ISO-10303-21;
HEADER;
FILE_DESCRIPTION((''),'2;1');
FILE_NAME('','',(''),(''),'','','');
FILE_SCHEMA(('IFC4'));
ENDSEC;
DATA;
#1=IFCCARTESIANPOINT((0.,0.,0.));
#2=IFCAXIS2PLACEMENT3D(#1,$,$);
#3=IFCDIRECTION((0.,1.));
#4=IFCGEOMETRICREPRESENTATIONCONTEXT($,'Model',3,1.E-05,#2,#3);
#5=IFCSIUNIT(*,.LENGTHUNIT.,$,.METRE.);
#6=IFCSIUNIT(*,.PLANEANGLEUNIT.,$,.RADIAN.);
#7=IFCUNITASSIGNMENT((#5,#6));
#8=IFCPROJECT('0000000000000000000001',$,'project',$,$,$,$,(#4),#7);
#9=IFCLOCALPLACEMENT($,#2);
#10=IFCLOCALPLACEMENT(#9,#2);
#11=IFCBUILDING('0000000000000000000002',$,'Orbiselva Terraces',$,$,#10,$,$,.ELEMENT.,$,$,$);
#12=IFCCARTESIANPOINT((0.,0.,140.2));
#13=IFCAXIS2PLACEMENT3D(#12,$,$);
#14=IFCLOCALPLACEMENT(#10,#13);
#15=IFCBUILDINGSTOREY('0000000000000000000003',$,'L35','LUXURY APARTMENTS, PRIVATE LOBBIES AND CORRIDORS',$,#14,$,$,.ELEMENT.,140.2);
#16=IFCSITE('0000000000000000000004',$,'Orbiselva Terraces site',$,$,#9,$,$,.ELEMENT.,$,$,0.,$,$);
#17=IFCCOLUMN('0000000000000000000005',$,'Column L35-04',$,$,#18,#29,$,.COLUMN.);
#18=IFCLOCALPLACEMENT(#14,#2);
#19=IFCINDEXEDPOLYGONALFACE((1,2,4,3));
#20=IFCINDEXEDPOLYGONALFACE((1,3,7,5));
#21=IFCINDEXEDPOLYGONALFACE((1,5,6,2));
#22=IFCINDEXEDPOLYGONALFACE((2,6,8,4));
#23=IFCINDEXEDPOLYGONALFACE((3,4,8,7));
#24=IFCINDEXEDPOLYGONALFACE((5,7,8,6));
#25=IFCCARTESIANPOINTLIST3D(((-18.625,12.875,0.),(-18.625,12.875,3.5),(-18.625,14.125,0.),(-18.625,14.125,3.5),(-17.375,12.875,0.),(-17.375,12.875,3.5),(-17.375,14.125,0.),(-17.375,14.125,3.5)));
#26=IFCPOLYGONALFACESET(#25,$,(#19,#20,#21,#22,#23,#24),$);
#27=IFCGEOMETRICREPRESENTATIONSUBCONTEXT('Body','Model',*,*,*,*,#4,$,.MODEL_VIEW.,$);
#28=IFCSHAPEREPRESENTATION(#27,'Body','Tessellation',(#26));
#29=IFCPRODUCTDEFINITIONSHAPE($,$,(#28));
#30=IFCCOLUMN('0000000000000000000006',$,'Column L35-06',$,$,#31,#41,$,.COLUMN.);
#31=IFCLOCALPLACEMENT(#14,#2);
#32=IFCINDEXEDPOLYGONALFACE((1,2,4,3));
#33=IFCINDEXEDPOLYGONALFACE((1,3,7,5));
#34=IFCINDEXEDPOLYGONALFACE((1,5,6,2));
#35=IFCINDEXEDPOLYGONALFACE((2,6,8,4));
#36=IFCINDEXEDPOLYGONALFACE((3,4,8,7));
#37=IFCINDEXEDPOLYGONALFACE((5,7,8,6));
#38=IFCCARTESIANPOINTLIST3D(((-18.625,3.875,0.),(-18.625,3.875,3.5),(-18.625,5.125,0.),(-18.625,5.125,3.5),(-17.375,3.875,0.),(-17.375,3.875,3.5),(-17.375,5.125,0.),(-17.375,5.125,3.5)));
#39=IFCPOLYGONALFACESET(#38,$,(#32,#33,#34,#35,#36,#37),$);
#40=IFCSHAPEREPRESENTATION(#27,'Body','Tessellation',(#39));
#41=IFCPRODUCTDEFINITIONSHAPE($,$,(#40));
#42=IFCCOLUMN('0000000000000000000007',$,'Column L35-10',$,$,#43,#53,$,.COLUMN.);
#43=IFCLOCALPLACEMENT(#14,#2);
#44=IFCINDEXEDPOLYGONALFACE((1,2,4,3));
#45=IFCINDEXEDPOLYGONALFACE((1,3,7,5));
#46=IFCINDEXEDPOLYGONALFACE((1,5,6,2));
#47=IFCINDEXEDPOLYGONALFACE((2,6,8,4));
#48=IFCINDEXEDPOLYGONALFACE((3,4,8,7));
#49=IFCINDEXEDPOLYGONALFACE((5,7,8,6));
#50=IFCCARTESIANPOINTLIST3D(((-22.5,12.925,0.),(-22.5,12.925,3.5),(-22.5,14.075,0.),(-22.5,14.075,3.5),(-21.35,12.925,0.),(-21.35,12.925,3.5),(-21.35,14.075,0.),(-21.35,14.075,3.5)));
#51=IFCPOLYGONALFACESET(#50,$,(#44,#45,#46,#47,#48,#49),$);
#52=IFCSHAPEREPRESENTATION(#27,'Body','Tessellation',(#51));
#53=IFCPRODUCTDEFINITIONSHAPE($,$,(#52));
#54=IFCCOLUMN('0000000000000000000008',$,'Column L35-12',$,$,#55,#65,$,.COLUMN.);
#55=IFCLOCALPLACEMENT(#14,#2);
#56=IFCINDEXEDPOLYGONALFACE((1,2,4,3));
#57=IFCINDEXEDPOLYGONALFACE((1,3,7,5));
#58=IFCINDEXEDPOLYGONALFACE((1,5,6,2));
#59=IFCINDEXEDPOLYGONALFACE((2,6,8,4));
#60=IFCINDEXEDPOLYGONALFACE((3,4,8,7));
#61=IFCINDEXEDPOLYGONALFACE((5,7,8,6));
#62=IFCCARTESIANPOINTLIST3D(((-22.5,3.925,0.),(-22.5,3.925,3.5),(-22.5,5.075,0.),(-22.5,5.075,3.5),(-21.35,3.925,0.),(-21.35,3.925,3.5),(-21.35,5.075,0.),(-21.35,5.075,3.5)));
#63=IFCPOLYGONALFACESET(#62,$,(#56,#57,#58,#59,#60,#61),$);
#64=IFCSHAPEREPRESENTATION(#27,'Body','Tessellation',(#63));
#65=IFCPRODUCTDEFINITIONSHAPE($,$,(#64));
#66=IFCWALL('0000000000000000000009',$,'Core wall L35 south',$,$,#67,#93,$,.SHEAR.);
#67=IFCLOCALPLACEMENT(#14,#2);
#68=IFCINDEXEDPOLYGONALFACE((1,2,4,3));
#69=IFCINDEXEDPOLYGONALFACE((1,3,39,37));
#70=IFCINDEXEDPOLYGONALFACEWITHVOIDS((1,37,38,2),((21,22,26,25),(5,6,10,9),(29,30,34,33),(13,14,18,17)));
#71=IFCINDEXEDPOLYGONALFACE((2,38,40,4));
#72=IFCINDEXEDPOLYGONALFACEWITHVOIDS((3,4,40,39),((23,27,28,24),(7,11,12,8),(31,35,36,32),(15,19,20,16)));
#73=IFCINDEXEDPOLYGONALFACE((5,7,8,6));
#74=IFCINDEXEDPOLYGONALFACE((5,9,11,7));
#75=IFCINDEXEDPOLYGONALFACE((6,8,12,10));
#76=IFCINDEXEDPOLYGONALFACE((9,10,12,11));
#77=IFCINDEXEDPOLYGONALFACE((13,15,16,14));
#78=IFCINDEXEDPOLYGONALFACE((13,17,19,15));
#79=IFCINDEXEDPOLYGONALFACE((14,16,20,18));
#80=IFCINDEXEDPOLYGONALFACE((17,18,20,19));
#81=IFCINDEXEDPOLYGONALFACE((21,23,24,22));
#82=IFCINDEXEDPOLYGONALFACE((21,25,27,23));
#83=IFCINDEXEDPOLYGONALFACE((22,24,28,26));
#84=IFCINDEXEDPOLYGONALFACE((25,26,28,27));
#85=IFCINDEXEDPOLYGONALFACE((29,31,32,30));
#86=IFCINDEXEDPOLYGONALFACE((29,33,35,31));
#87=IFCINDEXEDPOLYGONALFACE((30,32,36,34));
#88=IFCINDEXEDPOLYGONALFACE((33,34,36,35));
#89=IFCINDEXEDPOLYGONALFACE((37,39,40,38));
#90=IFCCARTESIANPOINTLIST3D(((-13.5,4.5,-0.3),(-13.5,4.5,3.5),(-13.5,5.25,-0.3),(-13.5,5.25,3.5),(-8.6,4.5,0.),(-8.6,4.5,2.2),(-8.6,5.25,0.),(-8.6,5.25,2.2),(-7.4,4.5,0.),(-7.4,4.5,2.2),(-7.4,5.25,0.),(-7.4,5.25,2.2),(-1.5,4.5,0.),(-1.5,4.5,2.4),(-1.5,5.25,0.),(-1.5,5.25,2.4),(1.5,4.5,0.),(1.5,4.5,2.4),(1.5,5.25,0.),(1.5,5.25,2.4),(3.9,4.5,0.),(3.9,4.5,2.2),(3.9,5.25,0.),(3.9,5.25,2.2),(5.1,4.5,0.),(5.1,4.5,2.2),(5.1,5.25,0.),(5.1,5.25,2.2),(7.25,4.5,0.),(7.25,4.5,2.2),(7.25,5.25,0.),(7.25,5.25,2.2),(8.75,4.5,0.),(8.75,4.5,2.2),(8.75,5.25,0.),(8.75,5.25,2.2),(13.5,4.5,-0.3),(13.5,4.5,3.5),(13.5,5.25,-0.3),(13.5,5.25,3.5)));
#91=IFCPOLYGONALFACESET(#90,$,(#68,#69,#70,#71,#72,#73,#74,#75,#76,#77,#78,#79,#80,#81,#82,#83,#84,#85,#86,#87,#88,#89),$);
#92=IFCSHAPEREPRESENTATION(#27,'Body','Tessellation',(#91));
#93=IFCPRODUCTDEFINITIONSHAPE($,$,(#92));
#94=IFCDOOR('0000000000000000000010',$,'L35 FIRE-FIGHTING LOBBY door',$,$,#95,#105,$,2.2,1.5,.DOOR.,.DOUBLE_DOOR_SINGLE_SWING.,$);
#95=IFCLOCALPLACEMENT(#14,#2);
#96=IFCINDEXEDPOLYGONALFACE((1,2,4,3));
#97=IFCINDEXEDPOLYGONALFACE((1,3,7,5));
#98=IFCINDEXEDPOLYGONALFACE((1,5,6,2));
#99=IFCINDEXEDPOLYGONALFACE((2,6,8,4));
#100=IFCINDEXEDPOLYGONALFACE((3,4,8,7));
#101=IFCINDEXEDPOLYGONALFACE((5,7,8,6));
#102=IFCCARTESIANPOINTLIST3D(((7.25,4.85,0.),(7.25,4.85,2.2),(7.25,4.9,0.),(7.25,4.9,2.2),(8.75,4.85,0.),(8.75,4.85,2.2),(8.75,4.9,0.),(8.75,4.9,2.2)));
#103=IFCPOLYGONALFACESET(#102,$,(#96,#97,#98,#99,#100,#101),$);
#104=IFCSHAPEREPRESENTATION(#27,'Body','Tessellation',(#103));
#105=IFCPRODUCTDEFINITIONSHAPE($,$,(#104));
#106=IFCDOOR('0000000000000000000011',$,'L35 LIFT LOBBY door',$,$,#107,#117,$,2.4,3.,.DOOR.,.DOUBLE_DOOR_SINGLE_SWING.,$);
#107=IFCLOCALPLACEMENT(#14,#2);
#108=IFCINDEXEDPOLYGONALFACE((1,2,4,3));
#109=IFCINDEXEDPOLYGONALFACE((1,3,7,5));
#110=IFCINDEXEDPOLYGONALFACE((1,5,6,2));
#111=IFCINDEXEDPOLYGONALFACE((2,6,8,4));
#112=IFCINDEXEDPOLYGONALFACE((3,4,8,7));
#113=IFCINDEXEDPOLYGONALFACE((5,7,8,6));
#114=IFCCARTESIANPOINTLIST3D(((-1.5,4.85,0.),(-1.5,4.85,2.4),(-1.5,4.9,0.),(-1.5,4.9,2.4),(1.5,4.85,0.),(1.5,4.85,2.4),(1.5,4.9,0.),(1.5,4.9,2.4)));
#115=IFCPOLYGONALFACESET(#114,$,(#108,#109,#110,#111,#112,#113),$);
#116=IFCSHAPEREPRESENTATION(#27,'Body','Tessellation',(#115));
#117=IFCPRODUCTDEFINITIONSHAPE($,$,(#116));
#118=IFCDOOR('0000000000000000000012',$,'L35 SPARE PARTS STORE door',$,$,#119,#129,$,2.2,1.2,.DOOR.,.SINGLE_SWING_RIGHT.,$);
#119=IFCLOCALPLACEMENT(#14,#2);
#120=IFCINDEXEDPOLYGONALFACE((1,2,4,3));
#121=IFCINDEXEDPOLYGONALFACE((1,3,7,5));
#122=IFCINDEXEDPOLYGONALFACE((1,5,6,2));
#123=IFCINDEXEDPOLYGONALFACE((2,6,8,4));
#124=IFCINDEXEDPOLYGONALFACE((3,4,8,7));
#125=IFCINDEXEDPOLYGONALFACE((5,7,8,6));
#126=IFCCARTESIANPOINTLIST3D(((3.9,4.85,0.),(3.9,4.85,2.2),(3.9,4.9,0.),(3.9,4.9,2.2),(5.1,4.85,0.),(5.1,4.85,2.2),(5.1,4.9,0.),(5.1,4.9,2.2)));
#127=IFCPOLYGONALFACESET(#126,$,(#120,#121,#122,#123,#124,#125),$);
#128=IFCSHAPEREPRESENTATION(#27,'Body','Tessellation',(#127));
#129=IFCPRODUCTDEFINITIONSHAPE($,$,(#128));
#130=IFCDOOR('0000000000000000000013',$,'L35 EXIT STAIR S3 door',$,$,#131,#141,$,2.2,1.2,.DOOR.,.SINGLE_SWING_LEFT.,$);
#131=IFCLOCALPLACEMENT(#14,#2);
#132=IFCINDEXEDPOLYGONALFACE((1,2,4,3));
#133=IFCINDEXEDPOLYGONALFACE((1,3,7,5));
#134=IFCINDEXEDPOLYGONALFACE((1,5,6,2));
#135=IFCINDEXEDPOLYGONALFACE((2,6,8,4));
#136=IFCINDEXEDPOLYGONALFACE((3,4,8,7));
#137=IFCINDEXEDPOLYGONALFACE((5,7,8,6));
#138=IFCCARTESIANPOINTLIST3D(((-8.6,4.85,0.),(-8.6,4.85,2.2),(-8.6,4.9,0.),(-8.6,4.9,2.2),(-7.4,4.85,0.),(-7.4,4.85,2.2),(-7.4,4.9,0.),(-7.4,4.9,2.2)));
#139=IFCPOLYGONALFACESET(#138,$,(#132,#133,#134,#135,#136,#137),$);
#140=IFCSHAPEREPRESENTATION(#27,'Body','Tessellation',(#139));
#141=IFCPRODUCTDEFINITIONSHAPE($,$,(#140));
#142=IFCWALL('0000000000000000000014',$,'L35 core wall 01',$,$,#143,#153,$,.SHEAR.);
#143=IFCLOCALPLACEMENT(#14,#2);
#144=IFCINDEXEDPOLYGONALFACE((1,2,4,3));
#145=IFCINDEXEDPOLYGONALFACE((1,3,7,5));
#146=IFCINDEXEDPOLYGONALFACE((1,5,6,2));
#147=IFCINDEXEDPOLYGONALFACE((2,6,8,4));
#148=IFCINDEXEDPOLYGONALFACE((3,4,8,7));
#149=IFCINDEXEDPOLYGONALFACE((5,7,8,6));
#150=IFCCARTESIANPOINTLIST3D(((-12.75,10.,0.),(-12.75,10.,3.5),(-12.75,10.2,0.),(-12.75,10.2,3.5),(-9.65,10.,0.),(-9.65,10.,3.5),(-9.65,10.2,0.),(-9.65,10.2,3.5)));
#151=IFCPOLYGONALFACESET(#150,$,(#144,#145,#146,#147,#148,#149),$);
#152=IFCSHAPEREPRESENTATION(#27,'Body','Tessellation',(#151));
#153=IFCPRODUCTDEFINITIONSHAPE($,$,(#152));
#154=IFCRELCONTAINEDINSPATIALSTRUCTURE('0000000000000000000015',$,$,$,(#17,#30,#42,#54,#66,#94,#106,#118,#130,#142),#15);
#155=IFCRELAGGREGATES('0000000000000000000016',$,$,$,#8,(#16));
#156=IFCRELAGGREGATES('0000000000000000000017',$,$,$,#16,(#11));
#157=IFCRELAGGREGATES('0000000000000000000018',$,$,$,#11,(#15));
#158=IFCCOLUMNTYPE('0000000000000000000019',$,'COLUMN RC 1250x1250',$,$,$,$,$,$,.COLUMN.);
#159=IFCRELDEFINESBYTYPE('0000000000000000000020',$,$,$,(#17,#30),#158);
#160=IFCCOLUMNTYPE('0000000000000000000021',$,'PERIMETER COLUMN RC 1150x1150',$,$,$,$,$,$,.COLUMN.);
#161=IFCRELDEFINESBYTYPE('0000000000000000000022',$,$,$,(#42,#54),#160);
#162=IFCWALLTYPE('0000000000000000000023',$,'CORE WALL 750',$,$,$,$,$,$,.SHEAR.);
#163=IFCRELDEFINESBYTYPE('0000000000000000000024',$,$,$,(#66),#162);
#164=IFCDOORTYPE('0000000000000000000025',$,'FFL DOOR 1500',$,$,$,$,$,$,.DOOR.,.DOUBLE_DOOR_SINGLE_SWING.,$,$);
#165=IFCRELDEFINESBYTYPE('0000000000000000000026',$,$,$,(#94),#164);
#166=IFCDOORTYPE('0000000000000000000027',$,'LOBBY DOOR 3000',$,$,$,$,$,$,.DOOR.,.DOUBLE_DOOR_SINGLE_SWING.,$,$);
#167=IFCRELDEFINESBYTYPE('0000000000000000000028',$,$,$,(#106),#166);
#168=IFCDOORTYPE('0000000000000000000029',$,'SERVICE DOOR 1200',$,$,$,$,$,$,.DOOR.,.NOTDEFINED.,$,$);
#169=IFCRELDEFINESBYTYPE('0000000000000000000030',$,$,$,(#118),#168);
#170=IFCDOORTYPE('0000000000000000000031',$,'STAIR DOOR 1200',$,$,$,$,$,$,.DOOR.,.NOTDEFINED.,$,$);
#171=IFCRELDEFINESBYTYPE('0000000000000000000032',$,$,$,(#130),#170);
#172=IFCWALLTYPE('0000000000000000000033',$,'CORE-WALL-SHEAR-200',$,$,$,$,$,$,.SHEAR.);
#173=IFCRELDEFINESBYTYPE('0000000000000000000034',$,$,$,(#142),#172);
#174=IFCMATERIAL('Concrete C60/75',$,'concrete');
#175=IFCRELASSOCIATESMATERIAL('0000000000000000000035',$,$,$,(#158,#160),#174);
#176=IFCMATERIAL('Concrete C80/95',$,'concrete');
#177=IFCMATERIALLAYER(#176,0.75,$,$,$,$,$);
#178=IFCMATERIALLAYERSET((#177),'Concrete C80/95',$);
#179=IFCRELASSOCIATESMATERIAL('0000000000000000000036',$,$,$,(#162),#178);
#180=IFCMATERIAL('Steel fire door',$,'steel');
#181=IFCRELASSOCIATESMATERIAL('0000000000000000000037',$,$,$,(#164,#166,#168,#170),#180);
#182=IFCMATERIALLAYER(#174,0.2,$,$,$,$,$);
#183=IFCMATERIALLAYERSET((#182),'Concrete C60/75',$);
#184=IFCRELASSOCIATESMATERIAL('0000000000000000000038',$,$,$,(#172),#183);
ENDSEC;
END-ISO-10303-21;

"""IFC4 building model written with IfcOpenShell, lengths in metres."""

from ifc_helpers import new_model, si_unit, direction, frame, frame_2d, origin, origin_2d, place, context, subcontext, project, spatial, rectangle, extrude, material, layer, layer_set, material_profile, profile_set, type_object, element, fill, save


model = new_model("IFC4")

# Units and contexts
model_context = context("Model", 3, precision=1e-05, world=origin(), true_north=direction((0.0, 1.0)))
body_context = subcontext(model_context, "Body", "Model", "MODEL_VIEW")
ifc_project = project(units=[si_unit("LENGTHUNIT", "METRE"), si_unit("PLANEANGLEUNIT", "RADIAN")], contexts=[model_context])

# Site, building, storey
site_placement = place(None, origin())
site = spatial("IfcSite", under=ifc_project, at=site_placement, Name="Orbiselva Terraces site", CompositionType="ELEMENT", RefElevation=0.0)
building_placement = place(site_placement, origin())
building = spatial("IfcBuilding", under=site, at=building_placement, Name="Orbiselva Terraces", CompositionType="ELEMENT")
storey_placement = place(building_placement, frame((0.0, 0.0, 140.2)))
storey = spatial("IfcBuildingStorey", under=building, at=storey_placement, Name="L35", Description="LUXURY APARTMENTS, PRIVATE LOBBIES AND CORRIDORS", CompositionType="ELEMENT", Elevation=140.2)

# Columns
ifc_material_1 = material(Name="Concrete C60/75", Category="concrete")
ifc_material_profile_1 = material_profile(ifc_material_1, rectangle(XDim=1.25, YDim=1.25, at=origin_2d()), Name="RC 1250x1250")
ifc_profile_set_1 = profile_set([ifc_material_profile_1], Name="Concrete C60/75")
column_type_1 = type_object("IfcColumnType", Name="COLUMN RC 1250x1250", PredefinedType="COLUMN", material=ifc_profile_set_1)
for number, where, z_axis, x_axis, name in (
    (1, (-18.0, 13.5, 0.0), (0.0, 0.0, 1.0), (1.0, 0.0, 0.0), "Column L35-04"),
    (2, (-18.0, 4.5, 0.0), (0.0, 0.0, 1.0), (1.0, 0.0, 0.0), "Column L35-06"),
):
    element("IfcColumn", number, at=place(storey_placement, frame(where, z_axis=z_axis, x_axis=x_axis)), inside=storey, type_object=column_type_1, Name=name, PredefinedType="COLUMN", context=body_context, shape_type="SweptSolid", body=[
        extrude(rectangle(XDim=1.25, YDim=1.25, at=origin_2d()), origin(), (0.0, 0.0, 1.0), 3.5),
    ])
ifc_material_profile_2 = material_profile(ifc_material_1, rectangle(XDim=1.15, YDim=1.15, at=origin_2d()), Name="RC 1150x1150")
ifc_profile_set_2 = profile_set([ifc_material_profile_2], Name="Concrete C60/75")
column_type_2 = type_object("IfcColumnType", Name="PERIMETER COLUMN RC 1150x1150", PredefinedType="COLUMN", material=ifc_profile_set_2)
for number, where, z_axis, x_axis, name in (
    (3, (-21.925, 13.5, 0.0), (0.0, 0.0, 1.0), (1.0, 0.0, 0.0), "Column L35-10"),
    (4, (-21.925, 4.5, 0.0), (0.0, 0.0, 1.0), (1.0, 0.0, 0.0), "Column L35-12"),
):
    element("IfcColumn", number, at=place(storey_placement, frame(where, z_axis=z_axis, x_axis=x_axis)), inside=storey, type_object=column_type_2, Name=name, PredefinedType="COLUMN", context=body_context, shape_type="SweptSolid", body=[
        extrude(rectangle(XDim=1.15, YDim=1.15, at=origin_2d()), origin(), (0.0, 0.0, 1.0), 3.5),
    ])

# Wall, openings, doors
ifc_material_2 = material(Name="Concrete C80/95", Category="concrete")
ifc_layer_1 = layer(ifc_material_2, 0.75)
ifc_layer_set_1 = layer_set([ifc_layer_1], Name="Concrete C80/95")
wall_type_1 = type_object("IfcWallType", Name="CORE WALL 750", PredefinedType="SHEAR", material=ifc_layer_set_1)
wall_1_placement = place(storey_placement, frame((-13.5, 4.875, -0.3), z_axis=(0.0, 0.0, 1.0), x_axis=(1.0, 0.0, 0.0)))
wall_1 = element("IfcWall", 5, at=wall_1_placement, inside=storey, type_object=wall_type_1, Name="Core wall L35 south", PredefinedType="SHEAR", context=body_context, shape_type="SweptSolid", body=[
    extrude(rectangle(XDim=27.0, YDim=0.75, at=frame_2d((13.5, 0.0))), origin(), (0.0, 0.0, 1.0), 3.8),
])
opening_1_placement = place(wall_1_placement, frame((12.0, 0.0, 0.3)))
opening_1 = element("IfcOpeningElement", 6, at=opening_1_placement, cuts=wall_1, PredefinedType="OPENING", context=body_context, shape_type="SweptSolid", body=[
    extrude(rectangle(XDim=3.0, YDim=2.4, at=frame_2d((1.5, 1.2))), frame((0.0, 0.385, 0.0), z_axis=(0.0, -1.0, 0.0), x_axis=(1.0, 0.0, 0.0)), (0.0, 0.0, 1.0), 0.77),
])
opening_2_placement = place(wall_1_placement, frame((4.9, 0.0, 0.3)))
opening_2 = element("IfcOpeningElement", 7, at=opening_2_placement, cuts=wall_1, PredefinedType="OPENING", context=body_context, shape_type="SweptSolid", body=[
    extrude(rectangle(XDim=1.2, YDim=2.2, at=frame_2d((0.6, 1.1))), frame((0.0, 0.385, 0.0), z_axis=(0.0, -1.0, 0.0), x_axis=(1.0, 0.0, 0.0)), (0.0, 0.0, 1.0), 0.77),
])
opening_3_placement = place(wall_1_placement, frame((20.75, 0.0, 0.3)))
opening_3 = element("IfcOpeningElement", 8, at=opening_3_placement, cuts=wall_1, PredefinedType="OPENING", context=body_context, shape_type="SweptSolid", body=[
    extrude(rectangle(XDim=1.5, YDim=2.2, at=frame_2d((0.75, 1.1))), frame((0.0, 0.385, 0.0), z_axis=(0.0, -1.0, 0.0), x_axis=(1.0, 0.0, 0.0)), (0.0, 0.0, 1.0), 0.77),
])
opening_4_placement = place(wall_1_placement, frame((17.4, 0.0, 0.3)))
opening_4 = element("IfcOpeningElement", 9, at=opening_4_placement, cuts=wall_1, PredefinedType="OPENING", context=body_context, shape_type="SweptSolid", body=[
    extrude(rectangle(XDim=1.2, YDim=2.2, at=frame_2d((0.6, 1.1))), frame((0.0, 0.385, 0.0), z_axis=(0.0, -1.0, 0.0), x_axis=(1.0, 0.0, 0.0)), (0.0, 0.0, 1.0), 0.77),
])
ifc_material_3 = material(Name="Steel fire door", Category="steel")
door_type_1 = type_object("IfcDoorType", Name="FFL DOOR 1500", OperationType="DOUBLE_DOOR_SINGLE_SWING", PredefinedType="DOOR", material=ifc_material_3)
door_1_placement = place(opening_3_placement, frame((1.5, 0.0, 0.0), z_axis=(0.0, 0.0, 1.0), x_axis=(-1.0, 0.0, 0.0)))
door_1 = element("IfcDoor", 10, at=door_1_placement, inside=storey, type_object=door_type_1, Name="L35 FIRE-FIGHTING LOBBY door", OperationType="DOUBLE_DOOR_SINGLE_SWING", OverallHeight=2.2, OverallWidth=1.5, PredefinedType="DOOR", context=body_context, shape_type="SweptSolid", body=[
    extrude(rectangle(XDim=1.5, YDim=2.2, at=frame_2d((0.75, 1.1))), frame((0.0, 0.025, 0.0), z_axis=(0.0, -1.0, 0.0), x_axis=(1.0, 0.0, 0.0)), (0.0, 0.0, 1.0), 0.05),
])
fill(opening_3, door_1)
door_type_2 = type_object("IfcDoorType", Name="LOBBY DOOR 3000", OperationType="DOUBLE_DOOR_SINGLE_SWING", PredefinedType="DOOR", material=ifc_material_3)
door_2_placement = place(opening_1_placement, frame((3.0, 0.0, 0.0), z_axis=(0.0, 0.0, 1.0), x_axis=(-1.0, 0.0, 0.0)))
door_2 = element("IfcDoor", 11, at=door_2_placement, inside=storey, type_object=door_type_2, Name="L35 LIFT LOBBY door", OperationType="DOUBLE_DOOR_SINGLE_SWING", OverallHeight=2.4, OverallWidth=3.0, PredefinedType="DOOR", context=body_context, shape_type="SweptSolid", body=[
    extrude(rectangle(XDim=3.0, YDim=2.4, at=frame_2d((1.5, 1.2))), frame((0.0, 0.025, 0.0), z_axis=(0.0, -1.0, 0.0), x_axis=(1.0, 0.0, 0.0)), (0.0, 0.0, 1.0), 0.05),
])
fill(opening_1, door_2)
door_type_3 = type_object("IfcDoorType", Name="SERVICE DOOR 1200", OperationType="NOTDEFINED", PredefinedType="DOOR", material=ifc_material_3)
door_3_placement = place(opening_4_placement, frame((1.2, 0.0, 0.0), z_axis=(0.0, 0.0, 1.0), x_axis=(-1.0, 0.0, 0.0)))
door_3 = element("IfcDoor", 12, at=door_3_placement, inside=storey, type_object=door_type_3, Name="L35 SPARE PARTS STORE door", OperationType="SINGLE_SWING_RIGHT", OverallHeight=2.2, OverallWidth=1.2, PredefinedType="DOOR", context=body_context, shape_type="SweptSolid", body=[
    extrude(rectangle(XDim=1.2, YDim=2.2, at=frame_2d((0.6, 1.1))), frame((0.0, 0.025, 0.0), z_axis=(0.0, -1.0, 0.0), x_axis=(1.0, 0.0, 0.0)), (0.0, 0.0, 1.0), 0.05),
])
fill(opening_4, door_3)
door_type_4 = type_object("IfcDoorType", Name="STAIR DOOR 1200", OperationType="NOTDEFINED", PredefinedType="DOOR", material=ifc_material_3)
door_4_placement = place(opening_2_placement, frame((1.2, 0.0, 0.0), z_axis=(0.0, 0.0, 1.0), x_axis=(-1.0, 0.0, 0.0)))
door_4 = element("IfcDoor", 13, at=door_4_placement, inside=storey, type_object=door_type_4, Name="L35 EXIT STAIR S3 door", OperationType="SINGLE_SWING_LEFT", OverallHeight=2.2, OverallWidth=1.2, PredefinedType="DOOR", context=body_context, shape_type="SweptSolid", body=[
    extrude(rectangle(XDim=1.2, YDim=2.2, at=frame_2d((0.6, 1.1))), frame((0.0, 0.025, 0.0), z_axis=(0.0, -1.0, 0.0), x_axis=(1.0, 0.0, 0.0)), (0.0, 0.0, 1.0), 0.05),
])
fill(opening_2, door_4)

# Wall
ifc_layer_2 = layer(ifc_material_1, 0.2)
ifc_layer_set_2 = layer_set([ifc_layer_2], Name="Concrete C60/75")
wall_type_2 = type_object("IfcWallType", Name="CORE-WALL-SHEAR-200", PredefinedType="SHEAR", material=ifc_layer_set_2)
wall_2_placement = place(storey_placement, frame((-12.75, 10.1, 0.0), z_axis=(0.0, 0.0, 1.0), x_axis=(1.0, 0.0, 0.0)))
element("IfcWall", 14, at=wall_2_placement, inside=storey, type_object=wall_type_2, Name="L35 core wall 01", PredefinedType="SHEAR", context=body_context, shape_type="SweptSolid", body=[
    extrude(rectangle(XDim=3.1, YDim=0.2, at=frame_2d((1.55, 0.0))), origin(), (0.0, 0.0, 1.0), 3.5),
])

save(model, "model.ifc")
